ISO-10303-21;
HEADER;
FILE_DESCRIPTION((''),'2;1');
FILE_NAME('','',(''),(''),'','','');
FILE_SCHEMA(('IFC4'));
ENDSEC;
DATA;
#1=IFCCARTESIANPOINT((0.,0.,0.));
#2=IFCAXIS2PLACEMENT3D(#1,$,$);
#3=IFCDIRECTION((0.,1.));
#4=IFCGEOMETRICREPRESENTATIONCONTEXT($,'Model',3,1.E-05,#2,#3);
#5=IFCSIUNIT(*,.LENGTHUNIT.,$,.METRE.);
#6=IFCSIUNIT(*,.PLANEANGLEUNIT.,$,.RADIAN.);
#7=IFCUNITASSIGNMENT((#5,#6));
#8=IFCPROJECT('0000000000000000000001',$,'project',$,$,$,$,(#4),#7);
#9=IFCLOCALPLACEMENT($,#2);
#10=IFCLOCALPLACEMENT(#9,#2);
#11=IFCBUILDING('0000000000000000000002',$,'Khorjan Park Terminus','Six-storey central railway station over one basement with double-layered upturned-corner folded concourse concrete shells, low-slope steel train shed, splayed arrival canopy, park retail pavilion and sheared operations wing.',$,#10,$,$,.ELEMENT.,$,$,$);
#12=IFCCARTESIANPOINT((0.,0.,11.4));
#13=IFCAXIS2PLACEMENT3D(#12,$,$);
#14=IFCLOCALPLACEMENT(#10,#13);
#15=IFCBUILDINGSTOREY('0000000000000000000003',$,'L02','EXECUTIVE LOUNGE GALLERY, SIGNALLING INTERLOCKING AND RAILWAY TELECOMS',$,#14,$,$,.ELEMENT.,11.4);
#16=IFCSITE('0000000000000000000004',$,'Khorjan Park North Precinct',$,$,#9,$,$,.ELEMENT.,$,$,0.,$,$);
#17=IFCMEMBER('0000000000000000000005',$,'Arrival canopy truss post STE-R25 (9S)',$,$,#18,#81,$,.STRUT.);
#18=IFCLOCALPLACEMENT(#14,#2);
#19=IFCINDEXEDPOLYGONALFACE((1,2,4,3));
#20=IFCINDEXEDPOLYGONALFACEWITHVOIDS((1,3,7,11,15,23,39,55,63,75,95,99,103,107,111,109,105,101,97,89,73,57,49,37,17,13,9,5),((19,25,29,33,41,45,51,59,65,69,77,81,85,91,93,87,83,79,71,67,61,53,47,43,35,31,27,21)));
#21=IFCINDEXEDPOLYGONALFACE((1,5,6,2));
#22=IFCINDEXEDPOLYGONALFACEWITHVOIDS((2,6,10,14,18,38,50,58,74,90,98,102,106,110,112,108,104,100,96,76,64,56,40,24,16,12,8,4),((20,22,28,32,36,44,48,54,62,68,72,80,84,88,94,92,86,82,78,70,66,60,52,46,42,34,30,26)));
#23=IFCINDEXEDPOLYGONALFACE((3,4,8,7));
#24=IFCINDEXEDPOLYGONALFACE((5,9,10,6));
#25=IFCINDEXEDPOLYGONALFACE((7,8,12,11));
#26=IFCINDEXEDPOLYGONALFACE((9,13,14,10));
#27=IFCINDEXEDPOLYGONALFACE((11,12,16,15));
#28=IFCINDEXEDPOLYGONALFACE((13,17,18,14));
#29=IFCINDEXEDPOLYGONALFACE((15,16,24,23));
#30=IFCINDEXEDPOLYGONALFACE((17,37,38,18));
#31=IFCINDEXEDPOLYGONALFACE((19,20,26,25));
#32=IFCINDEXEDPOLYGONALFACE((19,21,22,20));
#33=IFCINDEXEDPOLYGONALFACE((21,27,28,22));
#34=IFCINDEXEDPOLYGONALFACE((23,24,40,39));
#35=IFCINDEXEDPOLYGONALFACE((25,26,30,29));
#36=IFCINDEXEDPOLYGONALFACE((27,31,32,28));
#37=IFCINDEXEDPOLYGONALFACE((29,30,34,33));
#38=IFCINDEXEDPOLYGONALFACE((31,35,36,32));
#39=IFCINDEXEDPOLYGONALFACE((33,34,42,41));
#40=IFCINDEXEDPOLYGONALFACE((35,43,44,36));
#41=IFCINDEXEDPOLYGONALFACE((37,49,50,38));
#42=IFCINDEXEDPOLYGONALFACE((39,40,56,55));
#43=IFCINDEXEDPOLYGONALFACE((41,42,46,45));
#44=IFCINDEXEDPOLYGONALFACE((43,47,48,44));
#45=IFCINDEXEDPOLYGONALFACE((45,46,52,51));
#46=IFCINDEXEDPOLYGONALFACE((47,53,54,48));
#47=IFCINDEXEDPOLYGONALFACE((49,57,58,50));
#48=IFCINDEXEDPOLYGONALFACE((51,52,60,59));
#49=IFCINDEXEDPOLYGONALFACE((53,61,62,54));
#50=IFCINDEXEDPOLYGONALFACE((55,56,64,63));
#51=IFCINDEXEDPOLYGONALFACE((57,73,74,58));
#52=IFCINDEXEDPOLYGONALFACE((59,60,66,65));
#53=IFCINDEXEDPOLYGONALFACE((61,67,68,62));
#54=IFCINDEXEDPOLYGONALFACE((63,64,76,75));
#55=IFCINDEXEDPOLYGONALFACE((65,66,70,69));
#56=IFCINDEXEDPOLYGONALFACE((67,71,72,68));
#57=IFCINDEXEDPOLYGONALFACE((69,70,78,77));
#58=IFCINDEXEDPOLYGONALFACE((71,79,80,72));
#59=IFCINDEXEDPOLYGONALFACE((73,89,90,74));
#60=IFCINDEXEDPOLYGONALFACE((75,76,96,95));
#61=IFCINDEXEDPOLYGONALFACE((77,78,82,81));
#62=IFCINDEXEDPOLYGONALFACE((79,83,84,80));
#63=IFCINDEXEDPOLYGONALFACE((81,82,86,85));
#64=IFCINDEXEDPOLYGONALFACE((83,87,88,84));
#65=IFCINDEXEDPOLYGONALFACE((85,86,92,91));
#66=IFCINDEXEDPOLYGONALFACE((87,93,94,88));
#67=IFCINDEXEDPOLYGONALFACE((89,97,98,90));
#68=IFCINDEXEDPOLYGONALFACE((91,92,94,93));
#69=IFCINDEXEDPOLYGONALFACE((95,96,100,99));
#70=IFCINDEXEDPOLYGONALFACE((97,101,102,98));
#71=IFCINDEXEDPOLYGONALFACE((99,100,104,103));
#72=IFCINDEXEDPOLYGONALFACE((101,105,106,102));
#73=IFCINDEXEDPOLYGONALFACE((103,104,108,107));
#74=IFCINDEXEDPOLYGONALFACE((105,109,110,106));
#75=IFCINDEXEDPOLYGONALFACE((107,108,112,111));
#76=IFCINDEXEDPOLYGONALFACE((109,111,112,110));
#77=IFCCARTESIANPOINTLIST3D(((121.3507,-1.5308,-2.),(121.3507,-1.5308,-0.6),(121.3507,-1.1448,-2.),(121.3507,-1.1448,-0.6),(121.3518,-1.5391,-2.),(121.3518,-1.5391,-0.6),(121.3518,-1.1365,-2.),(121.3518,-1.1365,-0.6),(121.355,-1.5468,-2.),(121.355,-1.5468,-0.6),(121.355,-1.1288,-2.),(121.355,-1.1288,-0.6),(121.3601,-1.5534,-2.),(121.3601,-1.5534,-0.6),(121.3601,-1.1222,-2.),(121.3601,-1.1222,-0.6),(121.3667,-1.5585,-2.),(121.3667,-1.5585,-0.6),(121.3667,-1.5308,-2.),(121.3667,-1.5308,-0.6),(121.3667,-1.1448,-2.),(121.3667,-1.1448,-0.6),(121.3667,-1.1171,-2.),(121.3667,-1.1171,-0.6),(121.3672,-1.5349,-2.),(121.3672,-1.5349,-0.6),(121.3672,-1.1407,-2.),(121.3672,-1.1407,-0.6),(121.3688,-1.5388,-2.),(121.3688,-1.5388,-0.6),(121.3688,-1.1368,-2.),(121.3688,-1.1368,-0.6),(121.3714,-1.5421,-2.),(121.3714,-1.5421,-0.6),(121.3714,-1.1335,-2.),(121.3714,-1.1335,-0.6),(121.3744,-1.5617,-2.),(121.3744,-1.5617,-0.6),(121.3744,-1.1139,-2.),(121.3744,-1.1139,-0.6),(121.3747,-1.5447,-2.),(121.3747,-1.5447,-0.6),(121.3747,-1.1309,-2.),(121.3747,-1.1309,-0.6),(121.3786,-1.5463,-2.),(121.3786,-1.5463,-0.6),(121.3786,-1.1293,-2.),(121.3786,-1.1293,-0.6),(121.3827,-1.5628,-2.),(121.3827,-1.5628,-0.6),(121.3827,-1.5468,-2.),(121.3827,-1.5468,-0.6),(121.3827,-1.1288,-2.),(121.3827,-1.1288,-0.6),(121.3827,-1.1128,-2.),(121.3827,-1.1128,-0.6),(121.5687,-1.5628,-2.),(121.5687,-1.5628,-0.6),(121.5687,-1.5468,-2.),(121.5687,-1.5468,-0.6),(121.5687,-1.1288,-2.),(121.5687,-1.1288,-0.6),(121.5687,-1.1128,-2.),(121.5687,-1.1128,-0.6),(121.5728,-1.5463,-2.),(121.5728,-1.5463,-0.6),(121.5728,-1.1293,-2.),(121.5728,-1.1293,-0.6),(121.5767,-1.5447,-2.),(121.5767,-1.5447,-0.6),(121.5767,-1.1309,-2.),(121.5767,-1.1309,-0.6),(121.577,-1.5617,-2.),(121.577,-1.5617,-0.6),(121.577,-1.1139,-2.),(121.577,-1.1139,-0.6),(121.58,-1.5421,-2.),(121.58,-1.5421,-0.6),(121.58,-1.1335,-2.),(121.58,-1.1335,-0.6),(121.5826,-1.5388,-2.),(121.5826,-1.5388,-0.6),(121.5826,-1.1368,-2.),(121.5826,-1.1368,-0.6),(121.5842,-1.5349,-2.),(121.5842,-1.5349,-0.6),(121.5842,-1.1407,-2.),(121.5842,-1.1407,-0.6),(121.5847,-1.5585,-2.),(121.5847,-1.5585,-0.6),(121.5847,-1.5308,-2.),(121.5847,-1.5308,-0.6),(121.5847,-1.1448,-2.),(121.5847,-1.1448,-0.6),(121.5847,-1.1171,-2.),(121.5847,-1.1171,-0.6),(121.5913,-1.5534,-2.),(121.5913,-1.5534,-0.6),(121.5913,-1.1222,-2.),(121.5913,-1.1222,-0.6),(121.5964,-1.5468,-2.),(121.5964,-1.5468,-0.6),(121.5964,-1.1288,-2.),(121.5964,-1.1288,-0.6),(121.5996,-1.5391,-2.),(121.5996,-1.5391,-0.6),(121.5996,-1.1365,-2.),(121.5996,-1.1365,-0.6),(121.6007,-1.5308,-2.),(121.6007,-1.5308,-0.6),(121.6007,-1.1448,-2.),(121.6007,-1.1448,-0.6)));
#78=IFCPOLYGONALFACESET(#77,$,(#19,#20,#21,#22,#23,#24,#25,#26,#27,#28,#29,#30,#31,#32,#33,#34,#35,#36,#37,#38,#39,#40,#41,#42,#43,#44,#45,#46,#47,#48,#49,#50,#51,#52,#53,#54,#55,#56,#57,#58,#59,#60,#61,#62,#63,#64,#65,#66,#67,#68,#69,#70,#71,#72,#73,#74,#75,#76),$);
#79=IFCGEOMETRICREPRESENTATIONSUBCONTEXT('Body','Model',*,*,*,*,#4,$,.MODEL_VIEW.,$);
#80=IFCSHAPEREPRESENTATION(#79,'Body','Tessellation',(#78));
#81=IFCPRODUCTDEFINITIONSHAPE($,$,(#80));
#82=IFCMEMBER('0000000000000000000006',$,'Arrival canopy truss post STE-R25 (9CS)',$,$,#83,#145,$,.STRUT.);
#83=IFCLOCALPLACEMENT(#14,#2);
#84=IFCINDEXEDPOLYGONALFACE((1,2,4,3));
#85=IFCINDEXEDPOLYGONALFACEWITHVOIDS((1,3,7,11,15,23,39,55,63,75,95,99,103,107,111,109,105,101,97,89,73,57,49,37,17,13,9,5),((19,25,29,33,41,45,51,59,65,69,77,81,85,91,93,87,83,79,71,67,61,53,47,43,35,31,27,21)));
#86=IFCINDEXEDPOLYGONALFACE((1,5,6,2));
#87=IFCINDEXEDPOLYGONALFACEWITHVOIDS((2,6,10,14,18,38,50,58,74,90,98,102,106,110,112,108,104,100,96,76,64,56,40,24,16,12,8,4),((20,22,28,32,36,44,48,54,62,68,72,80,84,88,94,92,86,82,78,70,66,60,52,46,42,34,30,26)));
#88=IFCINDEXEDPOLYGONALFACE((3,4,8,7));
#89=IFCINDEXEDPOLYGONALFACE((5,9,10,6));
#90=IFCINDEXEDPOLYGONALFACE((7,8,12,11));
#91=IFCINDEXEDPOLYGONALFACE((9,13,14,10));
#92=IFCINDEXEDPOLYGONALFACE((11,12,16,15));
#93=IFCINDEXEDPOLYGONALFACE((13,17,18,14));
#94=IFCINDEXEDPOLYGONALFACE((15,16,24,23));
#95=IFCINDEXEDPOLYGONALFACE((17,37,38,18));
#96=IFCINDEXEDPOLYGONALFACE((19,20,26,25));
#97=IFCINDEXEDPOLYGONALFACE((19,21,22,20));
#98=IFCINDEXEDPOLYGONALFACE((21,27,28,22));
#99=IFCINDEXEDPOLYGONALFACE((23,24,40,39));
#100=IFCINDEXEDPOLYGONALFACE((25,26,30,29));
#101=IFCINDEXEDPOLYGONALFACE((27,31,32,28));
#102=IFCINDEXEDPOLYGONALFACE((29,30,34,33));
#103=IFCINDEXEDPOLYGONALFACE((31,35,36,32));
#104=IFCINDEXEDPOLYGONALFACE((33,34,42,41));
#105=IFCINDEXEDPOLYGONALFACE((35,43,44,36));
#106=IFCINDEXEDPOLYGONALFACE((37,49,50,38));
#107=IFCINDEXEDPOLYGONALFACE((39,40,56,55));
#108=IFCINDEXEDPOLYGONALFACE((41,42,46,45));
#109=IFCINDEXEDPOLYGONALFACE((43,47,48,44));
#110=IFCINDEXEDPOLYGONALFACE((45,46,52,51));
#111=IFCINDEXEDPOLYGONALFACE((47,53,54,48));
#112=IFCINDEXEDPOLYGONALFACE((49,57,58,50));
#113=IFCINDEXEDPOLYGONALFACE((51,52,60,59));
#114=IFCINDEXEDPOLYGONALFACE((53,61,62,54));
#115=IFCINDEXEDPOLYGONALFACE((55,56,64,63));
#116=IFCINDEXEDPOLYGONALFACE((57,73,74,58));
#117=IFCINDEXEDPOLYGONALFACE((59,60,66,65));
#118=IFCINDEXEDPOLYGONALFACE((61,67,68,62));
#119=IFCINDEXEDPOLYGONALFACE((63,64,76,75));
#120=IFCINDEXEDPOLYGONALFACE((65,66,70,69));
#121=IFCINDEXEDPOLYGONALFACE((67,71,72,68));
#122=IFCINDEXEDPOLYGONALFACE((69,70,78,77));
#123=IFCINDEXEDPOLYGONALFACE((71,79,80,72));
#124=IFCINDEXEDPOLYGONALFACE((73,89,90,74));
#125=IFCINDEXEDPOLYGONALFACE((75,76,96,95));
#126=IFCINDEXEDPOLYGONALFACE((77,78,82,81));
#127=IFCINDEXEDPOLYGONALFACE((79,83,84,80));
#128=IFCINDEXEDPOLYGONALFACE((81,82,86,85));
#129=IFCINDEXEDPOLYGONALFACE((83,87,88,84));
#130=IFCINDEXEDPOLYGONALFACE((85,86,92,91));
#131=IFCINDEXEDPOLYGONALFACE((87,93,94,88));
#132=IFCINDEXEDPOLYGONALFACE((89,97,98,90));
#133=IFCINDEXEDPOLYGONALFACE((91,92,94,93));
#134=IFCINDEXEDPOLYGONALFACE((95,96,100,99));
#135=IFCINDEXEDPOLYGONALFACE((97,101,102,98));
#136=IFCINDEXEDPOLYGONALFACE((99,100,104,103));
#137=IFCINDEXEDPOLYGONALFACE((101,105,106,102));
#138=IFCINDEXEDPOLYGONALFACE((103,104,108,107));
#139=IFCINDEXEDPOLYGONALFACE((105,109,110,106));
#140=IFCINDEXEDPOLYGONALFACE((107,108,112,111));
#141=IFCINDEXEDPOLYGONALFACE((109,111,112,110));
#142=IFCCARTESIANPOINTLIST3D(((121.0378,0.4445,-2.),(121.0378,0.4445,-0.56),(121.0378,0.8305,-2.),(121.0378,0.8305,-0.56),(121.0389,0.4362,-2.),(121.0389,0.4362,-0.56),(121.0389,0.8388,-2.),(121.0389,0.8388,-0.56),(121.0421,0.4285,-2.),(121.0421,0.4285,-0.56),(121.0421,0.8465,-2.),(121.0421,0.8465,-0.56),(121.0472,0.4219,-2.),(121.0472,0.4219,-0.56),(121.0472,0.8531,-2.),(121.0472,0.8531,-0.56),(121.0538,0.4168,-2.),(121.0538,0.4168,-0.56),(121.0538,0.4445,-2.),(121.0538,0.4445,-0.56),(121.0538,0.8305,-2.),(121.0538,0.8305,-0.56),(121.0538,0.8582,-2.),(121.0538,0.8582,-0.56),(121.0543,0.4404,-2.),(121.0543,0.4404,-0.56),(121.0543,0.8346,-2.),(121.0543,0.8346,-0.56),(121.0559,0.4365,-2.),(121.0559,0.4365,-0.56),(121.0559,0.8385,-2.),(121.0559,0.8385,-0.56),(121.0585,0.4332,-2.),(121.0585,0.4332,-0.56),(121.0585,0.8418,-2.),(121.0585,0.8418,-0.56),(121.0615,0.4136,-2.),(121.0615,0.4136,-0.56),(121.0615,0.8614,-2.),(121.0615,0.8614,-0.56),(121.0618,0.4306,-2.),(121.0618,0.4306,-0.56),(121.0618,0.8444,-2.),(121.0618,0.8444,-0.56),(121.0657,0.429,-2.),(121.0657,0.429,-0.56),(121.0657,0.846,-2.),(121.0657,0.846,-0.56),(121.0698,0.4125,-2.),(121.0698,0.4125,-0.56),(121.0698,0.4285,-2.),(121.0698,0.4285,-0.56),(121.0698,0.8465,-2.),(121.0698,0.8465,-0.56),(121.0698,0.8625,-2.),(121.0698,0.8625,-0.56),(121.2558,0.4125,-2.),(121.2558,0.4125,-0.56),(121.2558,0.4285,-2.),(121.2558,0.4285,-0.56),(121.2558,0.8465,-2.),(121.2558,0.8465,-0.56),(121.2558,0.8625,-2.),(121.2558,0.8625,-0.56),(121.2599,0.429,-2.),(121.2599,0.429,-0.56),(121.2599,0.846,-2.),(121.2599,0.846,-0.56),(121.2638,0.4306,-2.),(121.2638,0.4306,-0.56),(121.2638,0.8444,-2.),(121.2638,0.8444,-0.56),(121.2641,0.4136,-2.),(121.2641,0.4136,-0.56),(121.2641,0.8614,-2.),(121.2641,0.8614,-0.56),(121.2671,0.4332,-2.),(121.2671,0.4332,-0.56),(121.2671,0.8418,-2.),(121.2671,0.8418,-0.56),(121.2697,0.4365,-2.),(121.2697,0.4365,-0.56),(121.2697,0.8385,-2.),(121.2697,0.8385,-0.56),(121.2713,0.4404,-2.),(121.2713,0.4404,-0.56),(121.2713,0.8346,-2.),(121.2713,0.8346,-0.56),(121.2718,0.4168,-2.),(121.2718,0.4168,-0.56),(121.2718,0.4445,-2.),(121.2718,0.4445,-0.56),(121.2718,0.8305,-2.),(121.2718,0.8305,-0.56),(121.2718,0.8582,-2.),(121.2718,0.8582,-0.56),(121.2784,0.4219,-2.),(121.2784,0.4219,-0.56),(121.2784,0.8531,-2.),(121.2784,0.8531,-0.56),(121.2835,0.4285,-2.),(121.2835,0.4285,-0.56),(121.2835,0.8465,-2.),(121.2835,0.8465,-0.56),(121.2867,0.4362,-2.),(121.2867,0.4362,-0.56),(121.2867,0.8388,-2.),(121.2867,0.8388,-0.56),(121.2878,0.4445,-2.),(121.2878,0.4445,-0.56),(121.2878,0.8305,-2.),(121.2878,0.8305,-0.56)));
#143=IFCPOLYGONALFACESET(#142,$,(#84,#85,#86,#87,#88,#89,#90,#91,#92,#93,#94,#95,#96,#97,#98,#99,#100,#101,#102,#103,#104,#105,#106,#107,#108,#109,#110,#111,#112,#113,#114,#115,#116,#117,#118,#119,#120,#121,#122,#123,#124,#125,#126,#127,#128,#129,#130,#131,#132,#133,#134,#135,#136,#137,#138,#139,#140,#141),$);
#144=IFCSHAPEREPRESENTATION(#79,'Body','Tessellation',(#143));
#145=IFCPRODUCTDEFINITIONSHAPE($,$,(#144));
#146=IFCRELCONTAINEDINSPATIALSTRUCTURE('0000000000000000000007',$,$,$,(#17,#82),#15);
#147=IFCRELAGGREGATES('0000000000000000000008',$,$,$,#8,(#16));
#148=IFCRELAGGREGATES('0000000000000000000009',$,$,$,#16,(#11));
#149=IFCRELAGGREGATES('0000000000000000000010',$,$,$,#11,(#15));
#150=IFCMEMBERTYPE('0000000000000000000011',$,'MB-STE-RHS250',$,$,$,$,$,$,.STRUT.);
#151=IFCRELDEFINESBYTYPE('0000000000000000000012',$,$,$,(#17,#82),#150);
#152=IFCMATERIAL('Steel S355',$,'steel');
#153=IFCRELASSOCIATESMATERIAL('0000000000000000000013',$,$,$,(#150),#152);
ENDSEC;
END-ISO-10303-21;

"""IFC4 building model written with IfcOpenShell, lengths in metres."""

from ifc_helpers import new_model, si_unit, direction, frame, origin, origin_2d, place, context, subcontext, project, spatial, hollow_rectangle, extrude, material, material_profile, profile_set, type_object, element, save


model = new_model("IFC4")

# Units and contexts
model_context = context("Model", 3, precision=1e-05, world=origin(), true_north=direction((0.0, 1.0)))
body_context = subcontext(model_context, "Body", "Model", "MODEL_VIEW")
ifc_project = project(units=[si_unit("LENGTHUNIT", "METRE"), si_unit("PLANEANGLEUNIT", "RADIAN")], contexts=[model_context])

# Site, building, storey
site_placement = place(None, origin())
site = spatial("IfcSite", under=ifc_project, at=site_placement, Name="Khorjan Park North Precinct", CompositionType="ELEMENT", RefElevation=0.0)
building_placement = place(site_placement, origin())
building = spatial("IfcBuilding", under=site, at=building_placement, Name="Khorjan Park Terminus", Description="Six-storey central railway station over one basement with double-layered upturned-corner folded concourse concrete shells, low-slope steel train shed, splayed arrival canopy, park retail pavilion and sheared operations wing.", CompositionType="ELEMENT")
storey_placement = place(building_placement, frame((0.0, 0.0, 11.4)))
storey = spatial("IfcBuildingStorey", under=building, at=storey_placement, Name="L02", Description="EXECUTIVE LOUNGE GALLERY, SIGNALLING INTERLOCKING AND RAILWAY TELECOMS", CompositionType="ELEMENT", Elevation=11.4)

# Members
ifc_material_1 = material(Name="Steel S355", Category="steel")
ifc_material_profile_1 = material_profile(ifc_material_1, hollow_rectangle(XDim=0.25, YDim=0.45, WallThickness=0.016, InnerFilletRadius=0.016, OuterFilletRadius=0.032, at=origin_2d()), Name="RHS 450x250x16")
ifc_profile_set_1 = profile_set([ifc_material_profile_1], Name="Steel S355")
member_type_1 = type_object("IfcMemberType", Name="MB-STE-RHS250", PredefinedType="STRUT", material=ifc_profile_set_1)
member_1_placement = place(storey_placement, frame((121.4757, -1.3378, -2.0), z_axis=(0.0, 0.0, 1.0), x_axis=(1.0, 0.0, 0.0)))
element("IfcMember", 1, at=member_1_placement, inside=storey, type_object=member_type_1, Name="Arrival canopy truss post STE-R25 (9S)", PredefinedType="STRUT", context=body_context, shape_type="SweptSolid", body=[
    extrude(hollow_rectangle(XDim=0.25, YDim=0.45, WallThickness=0.016, InnerFilletRadius=0.016, OuterFilletRadius=0.032, at=origin_2d()), origin(), (0.0, 0.0, 1.0), 1.4),
])
member_2_placement = place(storey_placement, frame((121.1628, 0.6375, -2.0), z_axis=(0.0, 0.0, 1.0), x_axis=(1.0, 0.0, 0.0)))
element("IfcMember", 2, at=member_2_placement, inside=storey, type_object=member_type_1, Name="Arrival canopy truss post STE-R25 (9CS)", PredefinedType="STRUT", context=body_context, shape_type="SweptSolid", body=[
    extrude(hollow_rectangle(XDim=0.25, YDim=0.45, WallThickness=0.016, InnerFilletRadius=0.016, OuterFilletRadius=0.032, at=origin_2d()), origin(), (0.0, 0.0, 1.0), 1.44),
])

save(model, "model.ifc")
